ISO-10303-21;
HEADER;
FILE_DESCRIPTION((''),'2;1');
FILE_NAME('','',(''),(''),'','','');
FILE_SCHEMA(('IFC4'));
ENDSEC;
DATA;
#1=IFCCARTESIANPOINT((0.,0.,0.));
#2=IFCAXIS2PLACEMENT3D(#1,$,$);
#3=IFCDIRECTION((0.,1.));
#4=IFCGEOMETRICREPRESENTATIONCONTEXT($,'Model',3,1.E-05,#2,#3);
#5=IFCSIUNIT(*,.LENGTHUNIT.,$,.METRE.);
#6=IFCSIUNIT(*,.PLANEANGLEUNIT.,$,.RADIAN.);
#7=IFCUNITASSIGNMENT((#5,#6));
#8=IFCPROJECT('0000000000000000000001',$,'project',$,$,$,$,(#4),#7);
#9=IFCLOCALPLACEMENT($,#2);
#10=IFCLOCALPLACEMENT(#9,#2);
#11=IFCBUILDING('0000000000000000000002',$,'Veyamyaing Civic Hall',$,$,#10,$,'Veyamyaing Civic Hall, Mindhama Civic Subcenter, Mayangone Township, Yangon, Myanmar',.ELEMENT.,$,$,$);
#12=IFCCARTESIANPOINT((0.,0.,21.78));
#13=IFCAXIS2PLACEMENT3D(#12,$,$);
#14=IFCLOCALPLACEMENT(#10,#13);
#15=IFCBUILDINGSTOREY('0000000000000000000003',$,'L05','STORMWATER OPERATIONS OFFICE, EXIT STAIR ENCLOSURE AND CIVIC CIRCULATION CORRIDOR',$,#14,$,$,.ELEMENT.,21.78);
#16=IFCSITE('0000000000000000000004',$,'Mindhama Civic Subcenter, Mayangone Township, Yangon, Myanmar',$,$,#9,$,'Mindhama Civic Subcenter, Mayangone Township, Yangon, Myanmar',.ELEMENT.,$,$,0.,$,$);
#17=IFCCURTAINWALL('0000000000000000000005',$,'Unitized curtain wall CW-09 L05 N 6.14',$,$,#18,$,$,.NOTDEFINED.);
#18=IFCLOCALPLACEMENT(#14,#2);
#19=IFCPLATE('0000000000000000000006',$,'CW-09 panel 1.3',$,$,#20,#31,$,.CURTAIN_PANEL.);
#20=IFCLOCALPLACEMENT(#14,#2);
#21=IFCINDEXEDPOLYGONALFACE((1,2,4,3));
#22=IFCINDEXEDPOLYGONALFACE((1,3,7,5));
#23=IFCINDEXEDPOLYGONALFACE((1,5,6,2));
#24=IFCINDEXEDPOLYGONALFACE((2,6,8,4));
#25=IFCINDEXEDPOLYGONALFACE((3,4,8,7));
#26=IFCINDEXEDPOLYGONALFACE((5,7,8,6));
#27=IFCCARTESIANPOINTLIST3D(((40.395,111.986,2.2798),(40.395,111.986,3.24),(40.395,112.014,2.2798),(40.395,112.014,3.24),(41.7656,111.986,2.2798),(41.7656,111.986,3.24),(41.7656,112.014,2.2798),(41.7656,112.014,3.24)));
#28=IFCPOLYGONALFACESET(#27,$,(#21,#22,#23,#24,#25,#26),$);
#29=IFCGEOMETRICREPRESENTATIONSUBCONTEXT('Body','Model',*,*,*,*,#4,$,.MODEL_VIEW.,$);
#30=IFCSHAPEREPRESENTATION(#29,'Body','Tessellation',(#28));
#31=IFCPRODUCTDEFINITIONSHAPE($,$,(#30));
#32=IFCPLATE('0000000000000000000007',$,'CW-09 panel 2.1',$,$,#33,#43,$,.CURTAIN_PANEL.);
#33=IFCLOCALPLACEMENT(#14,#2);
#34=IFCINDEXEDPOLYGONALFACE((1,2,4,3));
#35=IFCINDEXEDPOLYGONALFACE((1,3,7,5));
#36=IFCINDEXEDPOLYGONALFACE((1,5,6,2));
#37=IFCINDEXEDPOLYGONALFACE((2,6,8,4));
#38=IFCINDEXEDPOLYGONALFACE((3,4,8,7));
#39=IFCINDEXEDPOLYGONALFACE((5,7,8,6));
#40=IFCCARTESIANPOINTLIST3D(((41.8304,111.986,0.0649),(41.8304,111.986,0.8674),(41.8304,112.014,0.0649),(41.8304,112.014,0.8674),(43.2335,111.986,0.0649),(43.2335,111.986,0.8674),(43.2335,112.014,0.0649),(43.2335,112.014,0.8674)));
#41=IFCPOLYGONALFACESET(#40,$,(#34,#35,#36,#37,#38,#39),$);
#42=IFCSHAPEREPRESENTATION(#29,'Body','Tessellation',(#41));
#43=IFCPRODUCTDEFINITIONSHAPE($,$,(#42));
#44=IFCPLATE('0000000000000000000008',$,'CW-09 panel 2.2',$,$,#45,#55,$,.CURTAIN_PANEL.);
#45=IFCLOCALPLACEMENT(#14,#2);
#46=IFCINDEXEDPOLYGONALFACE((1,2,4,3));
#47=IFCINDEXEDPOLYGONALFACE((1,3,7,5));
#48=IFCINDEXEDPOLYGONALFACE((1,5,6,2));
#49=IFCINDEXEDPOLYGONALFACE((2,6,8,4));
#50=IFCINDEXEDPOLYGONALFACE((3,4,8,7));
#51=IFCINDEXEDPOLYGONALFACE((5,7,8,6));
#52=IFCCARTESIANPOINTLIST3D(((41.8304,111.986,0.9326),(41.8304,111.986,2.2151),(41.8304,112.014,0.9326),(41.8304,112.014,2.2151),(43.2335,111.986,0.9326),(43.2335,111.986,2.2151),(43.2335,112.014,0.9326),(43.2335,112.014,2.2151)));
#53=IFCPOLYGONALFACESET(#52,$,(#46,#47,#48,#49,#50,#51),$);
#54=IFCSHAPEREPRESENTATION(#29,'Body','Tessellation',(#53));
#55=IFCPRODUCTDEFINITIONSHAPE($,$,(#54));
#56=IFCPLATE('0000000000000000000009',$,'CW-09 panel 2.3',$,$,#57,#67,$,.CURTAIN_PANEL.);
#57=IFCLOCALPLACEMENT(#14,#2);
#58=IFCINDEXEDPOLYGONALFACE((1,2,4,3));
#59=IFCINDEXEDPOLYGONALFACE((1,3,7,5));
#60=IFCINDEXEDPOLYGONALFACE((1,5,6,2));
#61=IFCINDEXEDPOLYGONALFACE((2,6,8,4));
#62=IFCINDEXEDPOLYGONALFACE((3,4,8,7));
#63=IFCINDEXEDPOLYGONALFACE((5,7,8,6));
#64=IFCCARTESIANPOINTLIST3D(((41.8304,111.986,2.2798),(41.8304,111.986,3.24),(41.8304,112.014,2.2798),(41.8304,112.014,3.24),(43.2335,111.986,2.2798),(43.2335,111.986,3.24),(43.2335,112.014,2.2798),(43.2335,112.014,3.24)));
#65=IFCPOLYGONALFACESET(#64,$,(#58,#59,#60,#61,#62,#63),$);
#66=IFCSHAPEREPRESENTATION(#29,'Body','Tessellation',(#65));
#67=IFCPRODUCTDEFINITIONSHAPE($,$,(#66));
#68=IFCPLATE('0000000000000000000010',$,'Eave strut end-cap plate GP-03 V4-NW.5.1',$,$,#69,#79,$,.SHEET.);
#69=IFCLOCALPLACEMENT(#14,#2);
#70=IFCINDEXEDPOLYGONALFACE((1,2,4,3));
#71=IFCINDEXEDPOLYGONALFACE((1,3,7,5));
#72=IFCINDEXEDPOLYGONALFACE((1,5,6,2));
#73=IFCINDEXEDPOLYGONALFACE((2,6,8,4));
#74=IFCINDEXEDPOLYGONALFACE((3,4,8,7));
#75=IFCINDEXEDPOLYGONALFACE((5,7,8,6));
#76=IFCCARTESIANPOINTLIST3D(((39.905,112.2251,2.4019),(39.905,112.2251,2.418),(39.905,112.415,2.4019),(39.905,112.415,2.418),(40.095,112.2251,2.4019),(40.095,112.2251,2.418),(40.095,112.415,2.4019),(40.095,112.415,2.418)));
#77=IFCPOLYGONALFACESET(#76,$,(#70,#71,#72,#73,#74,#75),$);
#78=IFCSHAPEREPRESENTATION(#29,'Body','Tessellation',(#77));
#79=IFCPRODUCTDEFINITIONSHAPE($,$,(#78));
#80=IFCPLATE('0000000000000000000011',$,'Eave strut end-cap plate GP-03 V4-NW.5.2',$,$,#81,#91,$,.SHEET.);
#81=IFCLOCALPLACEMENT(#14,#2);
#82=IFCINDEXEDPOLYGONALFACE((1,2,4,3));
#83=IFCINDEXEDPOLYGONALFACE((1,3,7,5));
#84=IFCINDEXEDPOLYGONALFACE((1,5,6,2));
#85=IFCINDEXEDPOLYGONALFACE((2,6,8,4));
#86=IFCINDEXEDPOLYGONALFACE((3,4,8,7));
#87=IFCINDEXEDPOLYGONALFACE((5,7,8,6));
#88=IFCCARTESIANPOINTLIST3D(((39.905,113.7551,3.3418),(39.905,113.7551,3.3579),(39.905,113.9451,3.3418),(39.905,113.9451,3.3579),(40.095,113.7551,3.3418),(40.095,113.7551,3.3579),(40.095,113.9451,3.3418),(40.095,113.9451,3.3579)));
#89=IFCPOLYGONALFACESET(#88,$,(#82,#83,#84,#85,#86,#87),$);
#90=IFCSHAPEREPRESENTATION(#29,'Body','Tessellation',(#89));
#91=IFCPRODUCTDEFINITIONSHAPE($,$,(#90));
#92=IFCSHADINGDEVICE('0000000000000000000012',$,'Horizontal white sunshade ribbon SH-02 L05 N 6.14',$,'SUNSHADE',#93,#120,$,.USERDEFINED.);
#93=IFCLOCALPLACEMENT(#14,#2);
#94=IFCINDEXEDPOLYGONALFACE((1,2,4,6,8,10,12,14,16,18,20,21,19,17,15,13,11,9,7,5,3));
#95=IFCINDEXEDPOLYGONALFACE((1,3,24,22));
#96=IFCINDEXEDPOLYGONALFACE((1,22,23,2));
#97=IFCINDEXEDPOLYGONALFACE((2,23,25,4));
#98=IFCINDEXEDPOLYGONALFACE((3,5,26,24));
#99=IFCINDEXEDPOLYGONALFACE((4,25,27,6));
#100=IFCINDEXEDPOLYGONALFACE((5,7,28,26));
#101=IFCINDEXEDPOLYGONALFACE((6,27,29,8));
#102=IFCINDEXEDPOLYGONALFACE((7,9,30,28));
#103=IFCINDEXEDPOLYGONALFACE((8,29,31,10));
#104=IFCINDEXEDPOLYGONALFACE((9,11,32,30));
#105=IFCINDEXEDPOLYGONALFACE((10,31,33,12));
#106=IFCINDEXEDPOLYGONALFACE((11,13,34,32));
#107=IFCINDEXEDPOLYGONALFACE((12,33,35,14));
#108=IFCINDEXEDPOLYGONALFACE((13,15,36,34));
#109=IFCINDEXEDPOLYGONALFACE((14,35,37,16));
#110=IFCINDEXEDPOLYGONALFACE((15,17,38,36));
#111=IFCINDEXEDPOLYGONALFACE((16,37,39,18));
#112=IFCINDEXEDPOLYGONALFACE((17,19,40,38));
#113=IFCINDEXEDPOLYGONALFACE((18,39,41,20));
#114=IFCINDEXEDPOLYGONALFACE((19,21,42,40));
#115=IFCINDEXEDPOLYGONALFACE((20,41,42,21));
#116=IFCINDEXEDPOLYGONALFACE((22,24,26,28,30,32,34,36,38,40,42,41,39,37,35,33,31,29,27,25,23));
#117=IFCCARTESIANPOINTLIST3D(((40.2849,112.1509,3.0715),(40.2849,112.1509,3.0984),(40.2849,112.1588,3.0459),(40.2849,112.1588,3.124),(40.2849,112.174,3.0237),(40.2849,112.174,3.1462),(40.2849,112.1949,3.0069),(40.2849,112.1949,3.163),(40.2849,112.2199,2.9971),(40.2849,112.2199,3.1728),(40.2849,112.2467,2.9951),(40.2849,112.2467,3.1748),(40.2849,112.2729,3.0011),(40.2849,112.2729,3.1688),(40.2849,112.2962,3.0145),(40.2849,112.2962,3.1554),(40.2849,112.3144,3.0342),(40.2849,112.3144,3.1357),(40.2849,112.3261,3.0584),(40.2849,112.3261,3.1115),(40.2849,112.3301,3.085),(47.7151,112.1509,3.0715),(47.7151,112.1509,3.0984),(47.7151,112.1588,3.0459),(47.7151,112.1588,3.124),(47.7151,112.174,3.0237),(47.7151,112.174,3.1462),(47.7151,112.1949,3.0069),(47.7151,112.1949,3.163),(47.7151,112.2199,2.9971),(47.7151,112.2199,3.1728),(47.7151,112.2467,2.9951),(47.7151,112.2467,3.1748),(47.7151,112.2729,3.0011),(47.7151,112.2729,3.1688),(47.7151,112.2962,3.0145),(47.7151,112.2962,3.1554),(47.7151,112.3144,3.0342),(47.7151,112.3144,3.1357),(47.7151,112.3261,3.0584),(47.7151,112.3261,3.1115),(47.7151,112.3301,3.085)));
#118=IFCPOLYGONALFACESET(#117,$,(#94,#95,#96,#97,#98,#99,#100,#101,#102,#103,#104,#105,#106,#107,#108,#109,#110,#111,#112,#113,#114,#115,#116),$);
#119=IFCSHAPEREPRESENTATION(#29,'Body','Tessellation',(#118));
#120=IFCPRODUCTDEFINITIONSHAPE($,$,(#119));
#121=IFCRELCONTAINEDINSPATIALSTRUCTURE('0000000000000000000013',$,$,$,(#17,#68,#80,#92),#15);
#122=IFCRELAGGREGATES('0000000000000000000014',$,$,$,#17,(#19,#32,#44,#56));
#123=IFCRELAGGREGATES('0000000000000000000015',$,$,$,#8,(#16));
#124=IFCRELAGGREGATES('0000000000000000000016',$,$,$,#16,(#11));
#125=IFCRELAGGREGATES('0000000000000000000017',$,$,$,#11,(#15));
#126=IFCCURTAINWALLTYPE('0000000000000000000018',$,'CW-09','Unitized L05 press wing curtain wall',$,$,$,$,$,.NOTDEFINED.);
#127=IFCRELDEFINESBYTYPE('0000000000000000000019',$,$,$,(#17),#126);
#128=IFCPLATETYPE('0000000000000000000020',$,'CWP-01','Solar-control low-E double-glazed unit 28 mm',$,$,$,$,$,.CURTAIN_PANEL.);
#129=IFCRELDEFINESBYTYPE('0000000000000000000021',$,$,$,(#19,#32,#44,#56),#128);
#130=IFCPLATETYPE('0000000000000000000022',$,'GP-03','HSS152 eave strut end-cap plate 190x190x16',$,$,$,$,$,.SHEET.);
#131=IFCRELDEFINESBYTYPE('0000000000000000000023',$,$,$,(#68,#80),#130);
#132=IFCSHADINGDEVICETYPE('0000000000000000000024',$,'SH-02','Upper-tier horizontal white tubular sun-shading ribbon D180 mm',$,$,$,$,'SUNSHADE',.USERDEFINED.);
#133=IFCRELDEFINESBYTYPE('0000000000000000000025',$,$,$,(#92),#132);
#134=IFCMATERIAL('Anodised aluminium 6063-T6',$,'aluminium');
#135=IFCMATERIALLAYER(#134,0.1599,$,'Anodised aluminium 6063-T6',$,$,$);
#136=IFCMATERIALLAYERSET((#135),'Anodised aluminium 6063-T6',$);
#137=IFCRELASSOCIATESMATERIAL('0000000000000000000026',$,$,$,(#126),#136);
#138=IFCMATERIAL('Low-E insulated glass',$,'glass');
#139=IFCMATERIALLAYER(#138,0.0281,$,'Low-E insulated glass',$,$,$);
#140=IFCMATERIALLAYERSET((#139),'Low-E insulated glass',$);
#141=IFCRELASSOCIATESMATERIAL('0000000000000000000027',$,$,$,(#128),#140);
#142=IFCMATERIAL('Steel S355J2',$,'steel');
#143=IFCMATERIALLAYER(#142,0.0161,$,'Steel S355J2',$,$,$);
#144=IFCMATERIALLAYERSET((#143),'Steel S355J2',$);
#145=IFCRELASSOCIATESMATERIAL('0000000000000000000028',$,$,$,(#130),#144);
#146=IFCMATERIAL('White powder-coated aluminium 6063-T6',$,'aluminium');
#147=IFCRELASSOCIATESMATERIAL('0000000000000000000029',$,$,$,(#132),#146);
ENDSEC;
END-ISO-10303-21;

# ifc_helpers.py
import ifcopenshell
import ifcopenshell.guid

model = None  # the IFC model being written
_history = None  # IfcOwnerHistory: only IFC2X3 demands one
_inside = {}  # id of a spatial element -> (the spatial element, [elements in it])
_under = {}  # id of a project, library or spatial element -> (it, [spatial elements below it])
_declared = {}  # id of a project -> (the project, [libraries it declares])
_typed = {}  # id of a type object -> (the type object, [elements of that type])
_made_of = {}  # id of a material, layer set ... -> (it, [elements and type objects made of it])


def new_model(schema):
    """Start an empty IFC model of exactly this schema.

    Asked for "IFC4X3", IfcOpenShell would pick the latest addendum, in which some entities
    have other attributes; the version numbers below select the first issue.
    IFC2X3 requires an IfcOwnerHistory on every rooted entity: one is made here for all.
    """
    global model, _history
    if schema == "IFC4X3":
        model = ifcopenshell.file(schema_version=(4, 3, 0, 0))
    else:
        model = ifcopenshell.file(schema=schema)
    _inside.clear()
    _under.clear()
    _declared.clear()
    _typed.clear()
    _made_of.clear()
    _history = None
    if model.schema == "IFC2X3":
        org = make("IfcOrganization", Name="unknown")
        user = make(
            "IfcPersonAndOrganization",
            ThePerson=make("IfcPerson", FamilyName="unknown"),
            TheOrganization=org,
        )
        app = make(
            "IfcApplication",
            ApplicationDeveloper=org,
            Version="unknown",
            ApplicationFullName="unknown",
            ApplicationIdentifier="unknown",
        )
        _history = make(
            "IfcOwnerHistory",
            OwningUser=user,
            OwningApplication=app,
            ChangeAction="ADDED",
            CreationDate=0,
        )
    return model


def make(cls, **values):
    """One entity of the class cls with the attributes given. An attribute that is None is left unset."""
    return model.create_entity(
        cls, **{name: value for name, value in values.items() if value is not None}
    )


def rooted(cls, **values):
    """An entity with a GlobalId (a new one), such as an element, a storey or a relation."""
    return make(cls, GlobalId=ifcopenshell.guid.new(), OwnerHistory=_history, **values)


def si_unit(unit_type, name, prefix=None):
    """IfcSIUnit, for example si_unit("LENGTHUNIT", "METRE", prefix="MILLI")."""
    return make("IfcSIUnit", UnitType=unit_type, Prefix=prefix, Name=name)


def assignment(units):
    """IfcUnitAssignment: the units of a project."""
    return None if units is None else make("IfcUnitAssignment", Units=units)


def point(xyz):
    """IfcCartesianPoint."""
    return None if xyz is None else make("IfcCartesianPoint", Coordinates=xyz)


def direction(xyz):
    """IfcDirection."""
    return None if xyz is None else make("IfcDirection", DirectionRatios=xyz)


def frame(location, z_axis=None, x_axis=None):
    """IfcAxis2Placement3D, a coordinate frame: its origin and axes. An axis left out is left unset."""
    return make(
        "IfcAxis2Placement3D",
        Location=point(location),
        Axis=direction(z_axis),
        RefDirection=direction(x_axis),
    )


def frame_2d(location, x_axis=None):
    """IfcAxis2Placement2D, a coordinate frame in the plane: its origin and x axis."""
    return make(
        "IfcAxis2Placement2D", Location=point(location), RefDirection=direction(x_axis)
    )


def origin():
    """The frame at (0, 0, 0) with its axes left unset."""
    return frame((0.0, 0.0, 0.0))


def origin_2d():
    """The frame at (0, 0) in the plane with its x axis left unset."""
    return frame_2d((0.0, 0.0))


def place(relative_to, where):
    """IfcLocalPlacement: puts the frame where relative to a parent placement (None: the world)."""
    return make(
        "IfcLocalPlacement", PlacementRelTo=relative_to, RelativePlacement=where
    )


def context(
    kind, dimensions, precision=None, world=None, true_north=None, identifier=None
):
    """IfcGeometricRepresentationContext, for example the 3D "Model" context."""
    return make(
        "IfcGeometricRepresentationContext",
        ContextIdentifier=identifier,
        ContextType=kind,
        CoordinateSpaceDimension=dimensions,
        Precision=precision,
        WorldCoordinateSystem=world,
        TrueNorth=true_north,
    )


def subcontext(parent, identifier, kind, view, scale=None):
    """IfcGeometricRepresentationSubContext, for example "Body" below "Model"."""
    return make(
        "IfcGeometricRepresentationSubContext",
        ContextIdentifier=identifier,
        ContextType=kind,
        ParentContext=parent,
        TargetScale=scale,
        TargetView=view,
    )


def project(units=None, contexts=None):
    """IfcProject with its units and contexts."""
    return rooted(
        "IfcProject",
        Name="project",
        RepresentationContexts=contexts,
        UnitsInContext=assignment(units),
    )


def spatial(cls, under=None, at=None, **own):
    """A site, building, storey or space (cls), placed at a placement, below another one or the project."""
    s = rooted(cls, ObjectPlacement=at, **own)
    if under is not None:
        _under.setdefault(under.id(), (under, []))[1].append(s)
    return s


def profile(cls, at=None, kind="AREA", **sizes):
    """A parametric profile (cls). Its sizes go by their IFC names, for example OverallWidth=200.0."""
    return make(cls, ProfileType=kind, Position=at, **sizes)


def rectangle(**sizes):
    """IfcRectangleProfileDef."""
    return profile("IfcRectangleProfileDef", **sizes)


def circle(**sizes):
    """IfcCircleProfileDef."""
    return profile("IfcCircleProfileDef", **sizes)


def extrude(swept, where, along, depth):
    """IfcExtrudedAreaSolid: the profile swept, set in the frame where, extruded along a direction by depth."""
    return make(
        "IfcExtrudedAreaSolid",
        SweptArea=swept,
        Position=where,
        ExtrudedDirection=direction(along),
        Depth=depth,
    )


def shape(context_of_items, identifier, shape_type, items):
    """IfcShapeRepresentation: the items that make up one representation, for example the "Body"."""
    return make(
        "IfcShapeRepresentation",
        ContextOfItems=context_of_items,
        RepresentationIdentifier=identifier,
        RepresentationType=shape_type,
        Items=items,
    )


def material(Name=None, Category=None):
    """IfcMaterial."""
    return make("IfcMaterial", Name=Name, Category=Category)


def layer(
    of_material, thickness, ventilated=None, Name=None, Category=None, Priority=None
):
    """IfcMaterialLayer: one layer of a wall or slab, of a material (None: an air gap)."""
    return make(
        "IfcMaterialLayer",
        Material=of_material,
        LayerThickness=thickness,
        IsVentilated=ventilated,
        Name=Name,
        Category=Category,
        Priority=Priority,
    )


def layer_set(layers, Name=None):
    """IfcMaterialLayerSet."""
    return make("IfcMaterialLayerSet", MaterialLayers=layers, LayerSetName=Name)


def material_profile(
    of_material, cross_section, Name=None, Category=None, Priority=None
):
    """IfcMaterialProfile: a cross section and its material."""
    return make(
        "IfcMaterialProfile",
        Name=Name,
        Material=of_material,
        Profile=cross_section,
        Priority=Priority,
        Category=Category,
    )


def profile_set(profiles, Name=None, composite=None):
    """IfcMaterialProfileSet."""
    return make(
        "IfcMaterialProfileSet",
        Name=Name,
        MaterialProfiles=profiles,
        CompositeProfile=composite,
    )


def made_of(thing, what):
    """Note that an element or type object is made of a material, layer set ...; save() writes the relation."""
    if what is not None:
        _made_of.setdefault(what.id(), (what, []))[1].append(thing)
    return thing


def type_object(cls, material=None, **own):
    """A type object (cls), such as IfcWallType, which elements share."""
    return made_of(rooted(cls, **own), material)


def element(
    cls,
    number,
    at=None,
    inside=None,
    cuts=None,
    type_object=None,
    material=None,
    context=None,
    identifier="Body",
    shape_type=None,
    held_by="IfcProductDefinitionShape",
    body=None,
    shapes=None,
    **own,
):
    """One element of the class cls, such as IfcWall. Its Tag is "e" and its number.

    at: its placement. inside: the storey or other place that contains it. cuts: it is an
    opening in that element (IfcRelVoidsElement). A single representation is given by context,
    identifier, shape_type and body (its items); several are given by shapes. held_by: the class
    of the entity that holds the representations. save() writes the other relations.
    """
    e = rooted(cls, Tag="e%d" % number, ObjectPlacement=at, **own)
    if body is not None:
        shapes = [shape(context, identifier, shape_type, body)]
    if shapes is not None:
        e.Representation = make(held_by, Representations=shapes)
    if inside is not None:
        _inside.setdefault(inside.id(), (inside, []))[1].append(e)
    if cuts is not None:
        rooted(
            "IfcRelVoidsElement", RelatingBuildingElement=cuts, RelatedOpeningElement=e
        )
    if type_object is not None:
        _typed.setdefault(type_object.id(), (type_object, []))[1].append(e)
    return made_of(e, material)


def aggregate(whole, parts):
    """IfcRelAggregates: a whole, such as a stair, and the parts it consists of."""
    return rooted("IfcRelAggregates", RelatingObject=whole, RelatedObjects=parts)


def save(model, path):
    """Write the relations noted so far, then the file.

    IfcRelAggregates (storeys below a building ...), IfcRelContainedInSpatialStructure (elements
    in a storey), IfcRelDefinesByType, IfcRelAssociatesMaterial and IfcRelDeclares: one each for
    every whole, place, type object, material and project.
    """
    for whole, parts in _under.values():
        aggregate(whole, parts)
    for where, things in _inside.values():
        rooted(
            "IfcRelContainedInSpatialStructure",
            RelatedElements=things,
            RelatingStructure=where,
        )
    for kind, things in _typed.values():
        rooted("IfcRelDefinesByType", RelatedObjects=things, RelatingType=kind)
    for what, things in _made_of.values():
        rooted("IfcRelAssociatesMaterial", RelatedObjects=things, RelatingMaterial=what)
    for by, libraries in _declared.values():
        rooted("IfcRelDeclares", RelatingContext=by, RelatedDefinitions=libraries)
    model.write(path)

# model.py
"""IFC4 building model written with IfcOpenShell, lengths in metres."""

from ifc_helpers import new_model, si_unit, direction, frame, origin, origin_2d, place, context, subcontext, project, spatial, rectangle, circle, extrude, material, layer, layer_set, material_profile, profile_set, type_object, element, aggregate, save


model = new_model("IFC4")

# Units and contexts
model_context = context("Model", 3, precision=1e-05, world=origin(), true_north=direction((0.0, 1.0)))
body_context = subcontext(model_context, "Body", "Model", "MODEL_VIEW")
ifc_project = project(units=[si_unit("LENGTHUNIT", "METRE"), si_unit("PLANEANGLEUNIT", "RADIAN")], contexts=[model_context])

# Site, building, storey
site_placement = place(None, origin())
site = spatial("IfcSite", under=ifc_project, at=site_placement, Name="Mindhama Civic Subcenter, Mayangone Township, Yangon, Myanmar", LongName="Mindhama Civic Subcenter, Mayangone Township, Yangon, Myanmar", CompositionType="ELEMENT", RefElevation=0.0)
building_placement = place(site_placement, origin())
building = spatial("IfcBuilding", under=site, at=building_placement, Name="Veyamyaing Civic Hall", LongName="Veyamyaing Civic Hall, Mindhama Civic Subcenter, Mayangone Township, Yangon, Myanmar", CompositionType="ELEMENT")
storey_placement = place(building_placement, frame((0.0, 0.0, 21.78)))
storey = spatial("IfcBuildingStorey", under=building, at=storey_placement, Name="L05", Description="STORMWATER OPERATIONS OFFICE, EXIT STAIR ENCLOSURE AND CIVIC CIRCULATION CORRIDOR", CompositionType="ELEMENT", Elevation=21.78)

# Curtain wall
ifc_material_1 = material(Name="Anodised aluminium 6063-T6", Category="aluminium")
ifc_layer_1 = layer(ifc_material_1, 0.1599, Name="Anodised aluminium 6063-T6")
ifc_layer_set_1 = layer_set([ifc_layer_1], Name="Anodised aluminium 6063-T6")
curtain_wall_type = type_object("IfcCurtainWallType", Name="CW-09", Description="Unitized L05 press wing curtain wall", PredefinedType="NOTDEFINED", material=ifc_layer_set_1)
curtain_wall_placement = place(storey_placement, origin())
curtain_wall = element("IfcCurtainWall", 1, at=curtain_wall_placement, inside=storey, type_object=curtain_wall_type, Name="Unitized curtain wall CW-09 L05 N 6.14", PredefinedType="NOTDEFINED")

# Shared definitions
ifc_material_2 = material(Name="Steel S355J2", Category="steel")

# Plates
ifc_material_3 = material(Name="Low-E insulated glass", Category="glass")
ifc_layer_2 = layer(ifc_material_3, 0.0281, Name="Low-E insulated glass")
ifc_layer_set_2 = layer_set([ifc_layer_2], Name="Low-E insulated glass")
plate_type_1 = type_object("IfcPlateType", Name="CWP-01", Description="Solar-control low-E double-glazed unit 28 mm", PredefinedType="CURTAIN_PANEL", material=ifc_layer_set_2)
plate_1_placement = place(storey_placement, frame((41.0803, 112.0, 2.2798), z_axis=(0.0, 0.0, 1.0), x_axis=(1.0, 0.0, 0.0)))
plate_1 = element("IfcPlate", 2, at=plate_1_placement, type_object=plate_type_1, Name="CW-09 panel 1.3", PredefinedType="CURTAIN_PANEL", context=body_context, shape_type="SweptSolid", body=[
    extrude(rectangle(XDim=1.3706, YDim=0.0281, at=origin_2d()), origin(), (0.0, 0.0, 1.0), 0.9602),
])
plate_2_placement = place(storey_placement, frame((42.532, 112.0, 0.0649), z_axis=(0.0, 0.0, 1.0), x_axis=(1.0, 0.0, 0.0)))
plate_2 = element("IfcPlate", 3, at=plate_2_placement, type_object=plate_type_1, Name="CW-09 panel 2.1", PredefinedType="CURTAIN_PANEL", context=body_context, shape_type="SweptSolid", body=[
    extrude(rectangle(XDim=1.4031, YDim=0.0281, at=origin_2d()), origin(), (0.0, 0.0, 1.0), 0.8025),
])
plate_3_placement = place(storey_placement, frame((42.532, 112.0, 0.9326), z_axis=(0.0, 0.0, 1.0), x_axis=(1.0, 0.0, 0.0)))
plate_3 = element("IfcPlate", 4, at=plate_3_placement, type_object=plate_type_1, Name="CW-09 panel 2.2", PredefinedType="CURTAIN_PANEL", context=body_context, shape_type="SweptSolid", body=[
    extrude(rectangle(XDim=1.4031, YDim=0.0281, at=origin_2d()), origin(), (0.0, 0.0, 1.0), 1.2825),
])
plate_4_placement = place(storey_placement, frame((42.532, 112.0, 2.2798), z_axis=(0.0, 0.0, 1.0), x_axis=(1.0, 0.0, 0.0)))
plate_4 = element("IfcPlate", 5, at=plate_4_placement, type_object=plate_type_1, Name="CW-09 panel 2.3", PredefinedType="CURTAIN_PANEL", context=body_context, shape_type="SweptSolid", body=[
    extrude(rectangle(XDim=1.4031, YDim=0.0281, at=origin_2d()), origin(), (0.0, 0.0, 1.0), 0.9602),
])
aggregate(curtain_wall, [plate_1, plate_2, plate_3, plate_4])

# Plates
ifc_layer_3 = layer(ifc_material_2, 0.0161, Name="Steel S355J2")
ifc_layer_set_3 = layer_set([ifc_layer_3], Name="Steel S355J2")
plate_type_2 = type_object("IfcPlateType", Name="GP-03", Description="HSS152 eave strut end-cap plate 190x190x16", PredefinedType="SHEET", material=ifc_layer_set_3)
for number, where, z_axis, x_axis, name in (
    (6, (40.0, 112.3201, 2.4019), (0.0, 0.0, 1.0), (0.0, 1.0, 0.0), "Eave strut end-cap plate GP-03 V4-NW.5.1"),
    (7, (40.0, 113.8501, 3.3418), (0.0, 0.0, 1.0), (0.0, 1.0, 0.0), "Eave strut end-cap plate GP-03 V4-NW.5.2"),
):
    element("IfcPlate", number, at=place(storey_placement, frame(where, z_axis=z_axis, x_axis=x_axis)), inside=storey, type_object=plate_type_2, Name=name, PredefinedType="SHEET", context=body_context, shape_type="SweptSolid", body=[
        extrude(rectangle(XDim=0.1899, YDim=0.1899, at=origin_2d()), origin(), (0.0, 0.0, 1.0), 0.0161),
    ])

# Shading device
ifc_material_4 = material(Name="White powder-coated aluminium 6063-T6", Category="aluminium")
ifc_material_profile_1 = material_profile(ifc_material_4, circle(Radius=0.0901, at=origin_2d()), Name="SHADE-TUBE-180")
ifc_profile_set_1 = profile_set([ifc_material_profile_1], Name="White powder-coated aluminium 6063-T6")
shading_device_type = type_object("IfcShadingDeviceType", Name="SH-02", Description="Upper-tier horizontal white tubular sun-shading ribbon D180 mm", ElementType="SUNSHADE", PredefinedType="USERDEFINED", material=ifc_profile_set_1)
shading_device_placement = place(storey_placement, frame((40.2849, 112.24, 3.085), z_axis=(1.0, 0.0, 0.0), x_axis=(0.0, 1.0, 0.0)))
element("IfcShadingDevice", 8, at=shading_device_placement, inside=storey, type_object=shading_device_type, Name="Horizontal white sunshade ribbon SH-02 L05 N 6.14", ObjectType="SUNSHADE", PredefinedType="USERDEFINED", context=body_context, shape_type="SweptSolid", body=[
    extrude(circle(Radius=0.0901, at=origin_2d()), origin(), (0.0, 0.0, 1.0), 7.4302),
])

save(model, "model.ifc")
